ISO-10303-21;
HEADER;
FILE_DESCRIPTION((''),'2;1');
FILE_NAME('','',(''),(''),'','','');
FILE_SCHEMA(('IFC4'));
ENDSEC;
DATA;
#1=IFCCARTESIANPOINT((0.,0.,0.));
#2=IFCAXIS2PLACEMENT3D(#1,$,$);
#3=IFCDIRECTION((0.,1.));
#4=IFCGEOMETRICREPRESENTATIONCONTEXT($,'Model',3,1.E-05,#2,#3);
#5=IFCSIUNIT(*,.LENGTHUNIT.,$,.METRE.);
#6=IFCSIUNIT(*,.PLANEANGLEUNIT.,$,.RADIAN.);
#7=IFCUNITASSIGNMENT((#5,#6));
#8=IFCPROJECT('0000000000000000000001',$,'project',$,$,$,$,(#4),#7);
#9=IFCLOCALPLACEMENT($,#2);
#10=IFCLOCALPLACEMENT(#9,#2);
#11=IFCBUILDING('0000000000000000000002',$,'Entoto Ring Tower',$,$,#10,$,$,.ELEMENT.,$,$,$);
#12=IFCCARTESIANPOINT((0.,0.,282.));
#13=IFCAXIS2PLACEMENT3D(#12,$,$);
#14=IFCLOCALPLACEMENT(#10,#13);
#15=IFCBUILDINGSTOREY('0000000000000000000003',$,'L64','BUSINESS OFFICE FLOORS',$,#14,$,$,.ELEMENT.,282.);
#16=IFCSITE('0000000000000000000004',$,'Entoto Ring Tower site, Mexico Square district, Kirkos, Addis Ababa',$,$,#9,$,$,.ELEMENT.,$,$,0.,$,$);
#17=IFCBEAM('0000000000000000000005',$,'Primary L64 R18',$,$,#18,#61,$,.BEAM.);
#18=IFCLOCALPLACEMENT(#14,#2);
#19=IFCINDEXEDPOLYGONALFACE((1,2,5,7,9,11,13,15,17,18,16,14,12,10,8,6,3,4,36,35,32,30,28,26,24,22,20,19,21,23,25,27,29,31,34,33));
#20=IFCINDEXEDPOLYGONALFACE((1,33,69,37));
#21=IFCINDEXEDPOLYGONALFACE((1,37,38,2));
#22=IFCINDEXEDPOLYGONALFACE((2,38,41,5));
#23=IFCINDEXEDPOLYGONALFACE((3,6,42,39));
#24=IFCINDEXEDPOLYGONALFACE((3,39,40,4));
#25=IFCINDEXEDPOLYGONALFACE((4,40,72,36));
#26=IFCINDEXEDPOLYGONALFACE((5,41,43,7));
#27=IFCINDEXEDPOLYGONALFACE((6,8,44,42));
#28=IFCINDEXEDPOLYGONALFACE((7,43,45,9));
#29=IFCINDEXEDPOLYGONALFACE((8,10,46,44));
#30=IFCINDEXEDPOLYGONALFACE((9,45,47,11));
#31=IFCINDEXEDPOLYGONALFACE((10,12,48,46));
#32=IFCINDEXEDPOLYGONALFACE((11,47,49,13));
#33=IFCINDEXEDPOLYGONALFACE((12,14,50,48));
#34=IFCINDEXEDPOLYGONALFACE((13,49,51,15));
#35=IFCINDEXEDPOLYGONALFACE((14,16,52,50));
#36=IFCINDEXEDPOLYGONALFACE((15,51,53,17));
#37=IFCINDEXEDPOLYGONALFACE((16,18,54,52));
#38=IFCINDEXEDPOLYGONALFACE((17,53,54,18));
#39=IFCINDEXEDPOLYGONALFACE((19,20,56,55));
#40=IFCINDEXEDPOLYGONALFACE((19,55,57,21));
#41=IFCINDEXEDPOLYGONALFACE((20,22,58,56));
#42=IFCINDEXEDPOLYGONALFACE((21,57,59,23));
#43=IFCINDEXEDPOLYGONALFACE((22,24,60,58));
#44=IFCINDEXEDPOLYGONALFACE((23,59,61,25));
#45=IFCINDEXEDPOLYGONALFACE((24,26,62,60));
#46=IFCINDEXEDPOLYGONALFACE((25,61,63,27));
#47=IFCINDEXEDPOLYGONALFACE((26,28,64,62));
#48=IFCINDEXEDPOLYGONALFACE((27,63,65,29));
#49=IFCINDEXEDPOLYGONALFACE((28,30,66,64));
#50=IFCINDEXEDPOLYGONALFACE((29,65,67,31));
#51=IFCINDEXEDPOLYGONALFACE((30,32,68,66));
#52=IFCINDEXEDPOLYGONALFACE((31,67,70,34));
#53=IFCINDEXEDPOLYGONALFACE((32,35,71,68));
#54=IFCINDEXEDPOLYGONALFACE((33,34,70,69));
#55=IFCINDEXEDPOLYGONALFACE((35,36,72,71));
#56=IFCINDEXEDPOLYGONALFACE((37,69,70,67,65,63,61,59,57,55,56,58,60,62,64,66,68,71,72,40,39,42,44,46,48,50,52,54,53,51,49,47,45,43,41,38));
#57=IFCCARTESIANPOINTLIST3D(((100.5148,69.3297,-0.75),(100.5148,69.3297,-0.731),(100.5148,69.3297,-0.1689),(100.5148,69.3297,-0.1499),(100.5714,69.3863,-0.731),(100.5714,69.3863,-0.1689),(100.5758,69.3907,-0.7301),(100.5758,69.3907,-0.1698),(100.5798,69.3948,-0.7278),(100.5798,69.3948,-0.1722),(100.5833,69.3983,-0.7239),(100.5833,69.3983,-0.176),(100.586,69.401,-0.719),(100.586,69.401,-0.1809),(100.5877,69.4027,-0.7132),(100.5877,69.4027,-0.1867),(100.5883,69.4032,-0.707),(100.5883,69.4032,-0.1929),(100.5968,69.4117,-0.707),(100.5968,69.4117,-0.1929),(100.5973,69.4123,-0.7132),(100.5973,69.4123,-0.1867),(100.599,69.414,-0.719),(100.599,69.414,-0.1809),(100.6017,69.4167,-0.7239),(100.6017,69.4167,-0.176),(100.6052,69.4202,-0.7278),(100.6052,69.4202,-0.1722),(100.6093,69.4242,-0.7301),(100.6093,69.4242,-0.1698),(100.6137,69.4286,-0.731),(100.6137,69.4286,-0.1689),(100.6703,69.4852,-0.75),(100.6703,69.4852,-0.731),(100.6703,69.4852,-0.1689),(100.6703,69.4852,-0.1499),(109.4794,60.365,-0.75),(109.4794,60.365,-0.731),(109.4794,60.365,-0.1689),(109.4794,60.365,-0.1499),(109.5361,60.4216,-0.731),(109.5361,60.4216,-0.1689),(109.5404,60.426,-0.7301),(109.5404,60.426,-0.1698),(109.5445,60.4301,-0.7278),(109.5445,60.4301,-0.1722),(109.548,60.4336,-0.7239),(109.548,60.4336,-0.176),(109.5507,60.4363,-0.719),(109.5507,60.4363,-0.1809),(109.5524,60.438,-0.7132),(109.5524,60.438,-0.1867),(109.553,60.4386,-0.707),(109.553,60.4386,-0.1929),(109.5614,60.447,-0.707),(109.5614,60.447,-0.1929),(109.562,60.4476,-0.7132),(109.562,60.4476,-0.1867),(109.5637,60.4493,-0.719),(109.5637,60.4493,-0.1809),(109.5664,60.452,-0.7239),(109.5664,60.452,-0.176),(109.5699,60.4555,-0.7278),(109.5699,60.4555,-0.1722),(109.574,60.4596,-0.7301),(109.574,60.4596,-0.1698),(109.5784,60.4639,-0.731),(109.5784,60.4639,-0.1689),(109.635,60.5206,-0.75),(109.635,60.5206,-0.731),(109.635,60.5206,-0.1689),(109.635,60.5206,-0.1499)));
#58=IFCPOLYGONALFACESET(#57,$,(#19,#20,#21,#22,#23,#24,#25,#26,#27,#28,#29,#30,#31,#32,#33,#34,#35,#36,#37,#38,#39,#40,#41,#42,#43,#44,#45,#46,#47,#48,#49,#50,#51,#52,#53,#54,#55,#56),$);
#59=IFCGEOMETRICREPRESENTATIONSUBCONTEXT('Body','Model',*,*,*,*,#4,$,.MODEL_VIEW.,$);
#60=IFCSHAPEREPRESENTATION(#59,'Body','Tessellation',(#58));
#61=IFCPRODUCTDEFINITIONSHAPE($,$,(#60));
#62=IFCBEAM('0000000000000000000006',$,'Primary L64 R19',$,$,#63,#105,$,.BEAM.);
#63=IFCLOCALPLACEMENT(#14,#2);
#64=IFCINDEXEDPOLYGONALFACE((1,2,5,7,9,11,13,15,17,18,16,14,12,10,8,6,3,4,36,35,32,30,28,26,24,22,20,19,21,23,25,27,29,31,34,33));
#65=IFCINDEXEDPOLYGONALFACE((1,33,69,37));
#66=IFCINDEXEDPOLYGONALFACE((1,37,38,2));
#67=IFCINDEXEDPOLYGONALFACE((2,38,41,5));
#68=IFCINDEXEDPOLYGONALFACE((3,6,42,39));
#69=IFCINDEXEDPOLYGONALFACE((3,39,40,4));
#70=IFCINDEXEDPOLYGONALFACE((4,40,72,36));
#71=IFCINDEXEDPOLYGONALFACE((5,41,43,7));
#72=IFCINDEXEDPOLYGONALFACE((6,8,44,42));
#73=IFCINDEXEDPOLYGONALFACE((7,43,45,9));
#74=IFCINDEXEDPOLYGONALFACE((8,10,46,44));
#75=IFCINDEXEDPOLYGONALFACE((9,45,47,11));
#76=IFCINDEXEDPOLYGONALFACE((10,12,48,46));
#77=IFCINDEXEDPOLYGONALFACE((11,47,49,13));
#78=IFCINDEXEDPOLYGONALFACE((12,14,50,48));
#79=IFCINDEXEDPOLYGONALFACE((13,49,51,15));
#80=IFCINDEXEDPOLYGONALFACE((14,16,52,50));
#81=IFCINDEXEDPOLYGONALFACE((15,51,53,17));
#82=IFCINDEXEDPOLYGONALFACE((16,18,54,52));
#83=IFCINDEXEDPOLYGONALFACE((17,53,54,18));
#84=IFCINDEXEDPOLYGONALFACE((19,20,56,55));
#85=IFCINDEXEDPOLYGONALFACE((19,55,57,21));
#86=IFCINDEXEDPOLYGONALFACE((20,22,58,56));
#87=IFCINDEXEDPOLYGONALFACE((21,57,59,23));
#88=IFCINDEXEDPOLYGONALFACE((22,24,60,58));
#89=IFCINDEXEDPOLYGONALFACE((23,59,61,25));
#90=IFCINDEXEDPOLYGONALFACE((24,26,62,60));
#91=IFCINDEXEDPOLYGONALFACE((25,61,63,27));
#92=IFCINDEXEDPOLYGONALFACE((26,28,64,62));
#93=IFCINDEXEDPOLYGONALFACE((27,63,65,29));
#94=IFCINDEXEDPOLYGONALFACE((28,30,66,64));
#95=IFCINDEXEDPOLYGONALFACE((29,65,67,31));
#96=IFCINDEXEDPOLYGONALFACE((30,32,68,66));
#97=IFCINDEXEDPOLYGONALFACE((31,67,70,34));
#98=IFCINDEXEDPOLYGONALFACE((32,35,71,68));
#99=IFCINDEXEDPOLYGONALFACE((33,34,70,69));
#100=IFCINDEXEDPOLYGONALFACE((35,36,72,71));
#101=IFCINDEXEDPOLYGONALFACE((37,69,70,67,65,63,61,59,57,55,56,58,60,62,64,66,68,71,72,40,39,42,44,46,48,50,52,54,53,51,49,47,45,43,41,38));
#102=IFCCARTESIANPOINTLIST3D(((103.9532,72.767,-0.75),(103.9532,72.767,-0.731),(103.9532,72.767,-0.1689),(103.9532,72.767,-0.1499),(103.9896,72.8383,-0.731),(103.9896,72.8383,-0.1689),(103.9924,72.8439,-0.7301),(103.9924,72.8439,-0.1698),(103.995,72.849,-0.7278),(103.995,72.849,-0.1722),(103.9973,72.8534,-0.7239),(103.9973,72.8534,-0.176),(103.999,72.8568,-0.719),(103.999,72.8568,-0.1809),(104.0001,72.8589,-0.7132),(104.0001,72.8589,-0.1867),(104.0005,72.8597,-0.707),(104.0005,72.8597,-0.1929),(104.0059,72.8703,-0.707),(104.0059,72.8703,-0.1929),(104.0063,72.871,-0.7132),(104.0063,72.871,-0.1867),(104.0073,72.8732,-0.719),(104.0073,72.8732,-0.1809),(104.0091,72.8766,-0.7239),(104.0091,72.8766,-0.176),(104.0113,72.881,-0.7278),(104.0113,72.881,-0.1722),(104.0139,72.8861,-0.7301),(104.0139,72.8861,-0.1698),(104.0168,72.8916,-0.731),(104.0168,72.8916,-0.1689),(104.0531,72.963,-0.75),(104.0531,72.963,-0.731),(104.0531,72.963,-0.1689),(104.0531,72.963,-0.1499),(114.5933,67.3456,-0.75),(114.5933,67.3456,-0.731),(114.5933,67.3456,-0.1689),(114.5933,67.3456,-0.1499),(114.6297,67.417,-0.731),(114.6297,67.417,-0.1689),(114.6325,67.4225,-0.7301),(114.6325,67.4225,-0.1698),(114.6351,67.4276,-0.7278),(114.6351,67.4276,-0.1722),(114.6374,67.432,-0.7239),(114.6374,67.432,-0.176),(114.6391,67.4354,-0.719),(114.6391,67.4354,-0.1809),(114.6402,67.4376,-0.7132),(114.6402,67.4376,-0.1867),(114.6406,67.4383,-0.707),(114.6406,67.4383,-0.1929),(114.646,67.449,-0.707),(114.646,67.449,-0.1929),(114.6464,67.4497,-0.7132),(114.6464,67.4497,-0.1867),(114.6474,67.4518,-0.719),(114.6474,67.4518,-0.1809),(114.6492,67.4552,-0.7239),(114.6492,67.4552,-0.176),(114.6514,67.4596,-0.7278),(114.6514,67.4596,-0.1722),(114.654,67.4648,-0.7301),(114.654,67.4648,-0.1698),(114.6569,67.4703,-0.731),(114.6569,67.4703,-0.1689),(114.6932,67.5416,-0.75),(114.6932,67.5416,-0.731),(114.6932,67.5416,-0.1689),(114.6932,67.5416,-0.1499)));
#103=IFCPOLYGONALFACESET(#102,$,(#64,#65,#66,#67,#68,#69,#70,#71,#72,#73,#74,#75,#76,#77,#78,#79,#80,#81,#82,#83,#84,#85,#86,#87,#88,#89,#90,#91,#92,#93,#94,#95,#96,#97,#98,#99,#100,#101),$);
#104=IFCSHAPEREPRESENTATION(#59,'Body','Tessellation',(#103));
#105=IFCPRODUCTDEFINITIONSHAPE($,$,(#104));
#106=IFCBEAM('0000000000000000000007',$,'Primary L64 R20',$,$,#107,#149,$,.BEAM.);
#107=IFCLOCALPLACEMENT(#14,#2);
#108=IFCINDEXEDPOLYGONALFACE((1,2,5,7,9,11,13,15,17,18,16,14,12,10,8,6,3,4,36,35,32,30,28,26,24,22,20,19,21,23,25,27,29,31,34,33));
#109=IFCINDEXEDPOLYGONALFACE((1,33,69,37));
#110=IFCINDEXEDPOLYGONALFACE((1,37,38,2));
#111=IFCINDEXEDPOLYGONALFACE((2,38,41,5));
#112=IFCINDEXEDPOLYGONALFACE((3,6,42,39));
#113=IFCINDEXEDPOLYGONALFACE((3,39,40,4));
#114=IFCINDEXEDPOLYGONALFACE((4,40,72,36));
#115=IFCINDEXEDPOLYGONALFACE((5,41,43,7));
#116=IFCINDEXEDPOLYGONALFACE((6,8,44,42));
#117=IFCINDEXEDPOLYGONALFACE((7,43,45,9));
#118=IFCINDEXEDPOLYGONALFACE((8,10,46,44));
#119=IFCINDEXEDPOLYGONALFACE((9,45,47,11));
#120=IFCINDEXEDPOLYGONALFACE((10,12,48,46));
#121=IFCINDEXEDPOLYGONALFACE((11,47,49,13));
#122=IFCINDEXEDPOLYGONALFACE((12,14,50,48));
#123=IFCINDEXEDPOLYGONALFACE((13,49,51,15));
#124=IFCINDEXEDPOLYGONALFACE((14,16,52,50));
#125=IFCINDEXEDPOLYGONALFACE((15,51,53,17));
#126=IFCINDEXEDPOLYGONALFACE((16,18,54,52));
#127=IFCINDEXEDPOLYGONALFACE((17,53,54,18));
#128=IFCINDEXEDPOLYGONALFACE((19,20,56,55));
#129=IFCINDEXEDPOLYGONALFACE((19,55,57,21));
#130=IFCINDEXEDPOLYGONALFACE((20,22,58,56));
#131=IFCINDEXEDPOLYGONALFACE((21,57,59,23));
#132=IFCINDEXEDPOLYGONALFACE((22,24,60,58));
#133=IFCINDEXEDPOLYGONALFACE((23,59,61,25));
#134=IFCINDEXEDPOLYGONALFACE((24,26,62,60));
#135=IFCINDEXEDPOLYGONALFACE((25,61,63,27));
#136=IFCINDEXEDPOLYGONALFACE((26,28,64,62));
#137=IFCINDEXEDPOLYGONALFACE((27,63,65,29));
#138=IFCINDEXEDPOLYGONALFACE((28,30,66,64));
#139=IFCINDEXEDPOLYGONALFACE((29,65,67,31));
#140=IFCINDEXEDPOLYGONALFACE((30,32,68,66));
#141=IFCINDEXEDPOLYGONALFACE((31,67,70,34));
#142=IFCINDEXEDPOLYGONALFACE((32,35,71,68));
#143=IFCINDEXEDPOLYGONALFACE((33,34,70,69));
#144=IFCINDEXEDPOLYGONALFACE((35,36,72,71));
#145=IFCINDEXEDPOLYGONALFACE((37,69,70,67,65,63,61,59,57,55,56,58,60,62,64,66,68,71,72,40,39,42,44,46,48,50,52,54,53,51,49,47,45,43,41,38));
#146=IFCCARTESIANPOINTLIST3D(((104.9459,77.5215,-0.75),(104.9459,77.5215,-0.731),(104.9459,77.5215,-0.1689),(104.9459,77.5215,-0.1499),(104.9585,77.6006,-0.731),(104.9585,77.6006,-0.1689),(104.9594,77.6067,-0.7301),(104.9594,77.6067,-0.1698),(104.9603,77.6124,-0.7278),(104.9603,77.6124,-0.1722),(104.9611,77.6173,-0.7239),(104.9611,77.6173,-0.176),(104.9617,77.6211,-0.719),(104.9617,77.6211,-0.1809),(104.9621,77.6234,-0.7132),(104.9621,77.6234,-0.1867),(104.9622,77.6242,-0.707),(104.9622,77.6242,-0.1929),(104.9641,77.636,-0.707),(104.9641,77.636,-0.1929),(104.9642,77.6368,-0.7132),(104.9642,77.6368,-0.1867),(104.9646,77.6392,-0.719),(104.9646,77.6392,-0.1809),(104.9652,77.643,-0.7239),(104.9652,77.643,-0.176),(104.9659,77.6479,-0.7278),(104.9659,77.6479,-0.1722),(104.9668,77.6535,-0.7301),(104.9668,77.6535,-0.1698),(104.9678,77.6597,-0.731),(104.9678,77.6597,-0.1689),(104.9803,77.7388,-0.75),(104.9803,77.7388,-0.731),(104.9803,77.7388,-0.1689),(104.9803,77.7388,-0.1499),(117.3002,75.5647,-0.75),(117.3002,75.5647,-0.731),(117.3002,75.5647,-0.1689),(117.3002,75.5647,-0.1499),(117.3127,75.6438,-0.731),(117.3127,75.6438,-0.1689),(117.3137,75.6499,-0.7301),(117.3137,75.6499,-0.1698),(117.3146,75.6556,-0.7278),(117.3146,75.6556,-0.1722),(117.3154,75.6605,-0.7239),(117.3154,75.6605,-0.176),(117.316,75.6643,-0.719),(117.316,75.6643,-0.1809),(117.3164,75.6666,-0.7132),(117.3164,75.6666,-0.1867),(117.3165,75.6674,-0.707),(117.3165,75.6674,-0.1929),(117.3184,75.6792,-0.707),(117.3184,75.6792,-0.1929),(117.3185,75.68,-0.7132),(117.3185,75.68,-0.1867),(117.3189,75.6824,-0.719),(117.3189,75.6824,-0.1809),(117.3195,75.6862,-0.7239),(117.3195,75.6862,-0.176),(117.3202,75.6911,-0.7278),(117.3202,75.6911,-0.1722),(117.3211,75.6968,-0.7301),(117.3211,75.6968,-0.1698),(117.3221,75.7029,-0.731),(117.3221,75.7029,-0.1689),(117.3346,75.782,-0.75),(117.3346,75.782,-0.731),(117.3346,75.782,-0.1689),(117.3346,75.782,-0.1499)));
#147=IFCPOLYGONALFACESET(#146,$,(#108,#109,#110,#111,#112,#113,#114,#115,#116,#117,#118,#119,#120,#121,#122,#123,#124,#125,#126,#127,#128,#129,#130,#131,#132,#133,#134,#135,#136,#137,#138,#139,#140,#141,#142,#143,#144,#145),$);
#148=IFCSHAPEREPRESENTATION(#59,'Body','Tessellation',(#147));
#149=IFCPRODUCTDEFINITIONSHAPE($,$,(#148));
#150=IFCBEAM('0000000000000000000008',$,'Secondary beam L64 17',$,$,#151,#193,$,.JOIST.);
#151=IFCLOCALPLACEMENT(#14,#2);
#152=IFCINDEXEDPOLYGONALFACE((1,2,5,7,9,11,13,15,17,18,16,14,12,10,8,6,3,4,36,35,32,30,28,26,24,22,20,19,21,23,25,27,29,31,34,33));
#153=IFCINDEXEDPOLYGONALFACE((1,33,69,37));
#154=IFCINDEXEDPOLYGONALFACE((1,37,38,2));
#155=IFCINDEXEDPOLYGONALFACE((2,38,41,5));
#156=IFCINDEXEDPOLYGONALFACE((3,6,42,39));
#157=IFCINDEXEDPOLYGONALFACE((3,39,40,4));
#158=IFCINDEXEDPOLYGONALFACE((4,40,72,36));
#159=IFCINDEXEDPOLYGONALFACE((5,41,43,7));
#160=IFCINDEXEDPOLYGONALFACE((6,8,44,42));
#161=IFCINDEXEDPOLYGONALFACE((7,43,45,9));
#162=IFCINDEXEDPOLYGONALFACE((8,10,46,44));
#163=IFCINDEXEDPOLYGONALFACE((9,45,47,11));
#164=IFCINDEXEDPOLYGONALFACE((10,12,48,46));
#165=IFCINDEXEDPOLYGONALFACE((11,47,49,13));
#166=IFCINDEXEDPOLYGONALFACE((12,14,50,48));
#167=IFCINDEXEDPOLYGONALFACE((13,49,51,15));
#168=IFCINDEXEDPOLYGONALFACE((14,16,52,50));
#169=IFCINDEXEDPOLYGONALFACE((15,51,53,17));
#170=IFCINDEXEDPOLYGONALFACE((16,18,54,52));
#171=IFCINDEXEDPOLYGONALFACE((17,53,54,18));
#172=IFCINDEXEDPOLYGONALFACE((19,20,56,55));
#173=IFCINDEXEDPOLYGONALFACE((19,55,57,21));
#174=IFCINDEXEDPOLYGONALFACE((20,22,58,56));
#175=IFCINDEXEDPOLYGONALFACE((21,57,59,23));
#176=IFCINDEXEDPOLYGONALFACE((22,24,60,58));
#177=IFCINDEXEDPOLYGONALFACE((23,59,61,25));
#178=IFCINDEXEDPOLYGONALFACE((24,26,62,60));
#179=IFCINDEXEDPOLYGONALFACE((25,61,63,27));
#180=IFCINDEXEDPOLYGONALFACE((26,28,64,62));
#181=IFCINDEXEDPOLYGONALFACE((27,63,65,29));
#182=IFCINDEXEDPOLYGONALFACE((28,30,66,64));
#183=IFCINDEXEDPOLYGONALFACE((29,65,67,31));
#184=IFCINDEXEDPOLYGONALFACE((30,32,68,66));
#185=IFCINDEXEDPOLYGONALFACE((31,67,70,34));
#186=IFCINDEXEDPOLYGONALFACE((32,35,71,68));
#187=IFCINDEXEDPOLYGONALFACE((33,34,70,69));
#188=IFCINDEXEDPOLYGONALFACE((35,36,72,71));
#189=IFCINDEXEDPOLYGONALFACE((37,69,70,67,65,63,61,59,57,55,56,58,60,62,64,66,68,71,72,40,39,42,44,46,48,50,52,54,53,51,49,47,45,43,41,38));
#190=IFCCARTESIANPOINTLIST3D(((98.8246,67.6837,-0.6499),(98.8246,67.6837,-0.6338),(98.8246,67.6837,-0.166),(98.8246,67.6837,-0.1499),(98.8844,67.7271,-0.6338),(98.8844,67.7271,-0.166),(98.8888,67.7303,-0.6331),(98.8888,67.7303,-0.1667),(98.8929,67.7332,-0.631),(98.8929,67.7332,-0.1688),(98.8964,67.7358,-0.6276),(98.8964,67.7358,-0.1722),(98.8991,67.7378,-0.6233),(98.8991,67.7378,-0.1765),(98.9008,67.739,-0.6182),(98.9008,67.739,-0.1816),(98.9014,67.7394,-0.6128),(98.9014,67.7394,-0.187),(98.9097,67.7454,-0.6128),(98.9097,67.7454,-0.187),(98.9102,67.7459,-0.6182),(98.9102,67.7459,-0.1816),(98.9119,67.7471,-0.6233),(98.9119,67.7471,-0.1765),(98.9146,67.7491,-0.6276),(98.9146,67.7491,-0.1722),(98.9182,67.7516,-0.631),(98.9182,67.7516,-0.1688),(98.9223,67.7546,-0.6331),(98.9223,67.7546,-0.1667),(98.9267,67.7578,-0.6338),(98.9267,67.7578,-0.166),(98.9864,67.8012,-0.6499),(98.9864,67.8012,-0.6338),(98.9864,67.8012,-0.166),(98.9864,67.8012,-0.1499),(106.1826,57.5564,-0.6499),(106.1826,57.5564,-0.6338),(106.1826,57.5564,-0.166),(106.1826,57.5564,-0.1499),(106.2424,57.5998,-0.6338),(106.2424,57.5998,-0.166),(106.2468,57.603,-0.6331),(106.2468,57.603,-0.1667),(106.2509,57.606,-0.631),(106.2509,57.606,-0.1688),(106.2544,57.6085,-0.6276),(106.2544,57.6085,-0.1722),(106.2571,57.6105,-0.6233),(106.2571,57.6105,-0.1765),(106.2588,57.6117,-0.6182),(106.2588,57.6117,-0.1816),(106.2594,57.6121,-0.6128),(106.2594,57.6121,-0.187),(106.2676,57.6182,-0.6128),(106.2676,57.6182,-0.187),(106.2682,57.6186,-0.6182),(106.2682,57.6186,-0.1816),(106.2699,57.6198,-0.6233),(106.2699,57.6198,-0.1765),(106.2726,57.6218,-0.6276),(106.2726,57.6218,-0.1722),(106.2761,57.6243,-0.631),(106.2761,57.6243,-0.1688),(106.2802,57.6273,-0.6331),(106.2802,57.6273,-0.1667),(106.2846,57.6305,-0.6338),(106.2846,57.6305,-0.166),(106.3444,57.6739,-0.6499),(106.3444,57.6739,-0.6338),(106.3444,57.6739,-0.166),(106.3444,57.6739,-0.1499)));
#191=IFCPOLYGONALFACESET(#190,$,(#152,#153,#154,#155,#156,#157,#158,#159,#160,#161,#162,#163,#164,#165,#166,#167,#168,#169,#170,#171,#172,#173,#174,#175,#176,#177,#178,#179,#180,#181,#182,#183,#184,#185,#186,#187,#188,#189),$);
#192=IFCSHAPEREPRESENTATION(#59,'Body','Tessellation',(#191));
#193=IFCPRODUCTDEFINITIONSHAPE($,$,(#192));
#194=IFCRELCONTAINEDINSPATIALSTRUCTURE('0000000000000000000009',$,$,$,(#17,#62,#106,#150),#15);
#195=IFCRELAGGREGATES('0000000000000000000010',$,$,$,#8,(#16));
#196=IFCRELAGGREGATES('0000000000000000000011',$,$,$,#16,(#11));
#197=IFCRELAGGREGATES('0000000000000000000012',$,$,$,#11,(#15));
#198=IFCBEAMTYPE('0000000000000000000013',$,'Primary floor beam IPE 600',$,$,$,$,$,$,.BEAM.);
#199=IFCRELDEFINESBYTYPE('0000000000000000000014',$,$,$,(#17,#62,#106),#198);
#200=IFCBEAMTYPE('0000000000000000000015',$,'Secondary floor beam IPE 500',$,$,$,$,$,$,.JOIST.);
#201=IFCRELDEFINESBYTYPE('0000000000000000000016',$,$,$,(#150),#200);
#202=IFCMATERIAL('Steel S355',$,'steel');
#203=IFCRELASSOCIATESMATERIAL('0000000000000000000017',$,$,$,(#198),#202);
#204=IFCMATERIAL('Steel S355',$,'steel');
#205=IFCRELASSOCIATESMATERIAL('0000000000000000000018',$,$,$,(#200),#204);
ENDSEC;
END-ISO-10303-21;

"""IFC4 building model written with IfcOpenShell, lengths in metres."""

from ifc_helpers import new_model, si_unit, direction, frame, origin, origin_2d, place, context, subcontext, project, spatial, i_section, extrude, material, material_profile, profile_set, type_object, element, save


model = new_model("IFC4")

# Units and contexts
model_context = context("Model", 3, precision=1e-05, world=origin(), true_north=direction((0.0, 1.0)))
body_context = subcontext(model_context, "Body", "Model", "MODEL_VIEW")
ifc_project = project(units=[si_unit("LENGTHUNIT", "METRE"), si_unit("PLANEANGLEUNIT", "RADIAN")], contexts=[model_context])

# Site, building, storey
site_placement = place(None, origin())
site = spatial("IfcSite", under=ifc_project, at=site_placement, Name="Entoto Ring Tower site, Mexico Square district, Kirkos, Addis Ababa", CompositionType="ELEMENT", RefElevation=0.0)
building_placement = place(site_placement, origin())
building = spatial("IfcBuilding", under=site, at=building_placement, Name="Entoto Ring Tower", CompositionType="ELEMENT")
storey_placement = place(building_placement, frame((0.0, 0.0, 282.0)))
storey = spatial("IfcBuildingStorey", under=building, at=storey_placement, Name="L64", Description="BUSINESS OFFICE FLOORS", CompositionType="ELEMENT", Elevation=282.0)

# Beams
ifc_material_1 = material(Name="Steel S355", Category="steel")
ifc_material_profile_1 = material_profile(ifc_material_1, i_section(OverallWidth=0.22, OverallDepth=0.6001, WebThickness=0.012, FlangeThickness=0.019, FilletRadius=0.0239, at=origin_2d()), Name="IPE 600")
ifc_profile_set_1 = profile_set([ifc_material_profile_1], Name="Steel S355")
beam_type_1 = type_object("IfcBeamType", Name="Primary floor beam IPE 600", PredefinedType="BEAM", material=ifc_profile_set_1)
beam_1_placement = place(storey_placement, frame((100.5925, 69.4075, -0.45), z_axis=(0.707107, -0.707107, 0.0), x_axis=(0.707107, 0.707107, 0.0)))
element("IfcBeam", 1, at=beam_1_placement, inside=storey, type_object=beam_type_1, Name="Primary L64 R18", PredefinedType="BEAM", context=body_context, shape_type="SweptSolid", body=[
    extrude(i_section(OverallWidth=0.22, OverallDepth=0.6001, WebThickness=0.012, FlangeThickness=0.019, FilletRadius=0.0239, at=origin_2d()), origin(), (0.0, 0.0, 1.0), 12.678),
])
beam_2_placement = place(storey_placement, frame((104.0032, 72.865, -0.45), z_axis=(0.891008, -0.453988, 0.0), x_axis=(0.453988, 0.891008, 0.0)))
element("IfcBeam", 2, at=beam_2_placement, inside=storey, type_object=beam_type_1, Name="Primary L64 R19", PredefinedType="BEAM", context=body_context, shape_type="SweptSolid", body=[
    extrude(i_section(OverallWidth=0.22, OverallDepth=0.6001, WebThickness=0.012, FlangeThickness=0.019, FilletRadius=0.0239, at=origin_2d()), origin(), (0.0, 0.0, 1.0), 11.9417),
])
beam_3_placement = place(storey_placement, frame((104.9631, 77.6301, -0.45), z_axis=(0.987688, -0.15644, 0.0), x_axis=(0.15644, 0.987688, 0.0)))
element("IfcBeam", 3, at=beam_3_placement, inside=storey, type_object=beam_type_1, Name="Primary L64 R20", PredefinedType="BEAM", context=body_context, shape_type="SweptSolid", body=[
    extrude(i_section(OverallWidth=0.22, OverallDepth=0.6001, WebThickness=0.012, FlangeThickness=0.019, FilletRadius=0.0239, at=origin_2d()), origin(), (0.0, 0.0, 1.0), 12.5083),
])
ifc_material_2 = material(Name="Steel S355", Category="steel")
ifc_material_profile_2 = material_profile(ifc_material_2, i_section(OverallWidth=0.2, OverallDepth=0.5, WebThickness=0.0103, FlangeThickness=0.0161, FilletRadius=0.021, at=origin_2d()), Name="IPE 500")
ifc_profile_set_2 = profile_set([ifc_material_profile_2], Name="Steel S355")
beam_type_2 = type_object("IfcBeamType", Name="Secondary floor beam IPE 500", PredefinedType="JOIST", material=ifc_profile_set_2)
for number, where, z_axis, x_axis, name in (
    (4, (98.9055, 67.7424, -0.3999), (0.587789, -0.809014, 0.0), (0.809014, 0.587789, 0.0), "Secondary beam L64 17"),
):
    element("IfcBeam", number, at=place(storey_placement, frame(where, z_axis=z_axis, x_axis=x_axis)), inside=storey, type_object=beam_type_2, Name=name, PredefinedType="JOIST", context=body_context, shape_type="SweptSolid", body=[
        extrude(i_section(OverallWidth=0.2, OverallDepth=0.5, WebThickness=0.0103, FlangeThickness=0.0161, FilletRadius=0.021, at=origin_2d()), origin(), (0.0, 0.0, 1.0), 12.5181),
    ])

save(model, "model.ifc")
